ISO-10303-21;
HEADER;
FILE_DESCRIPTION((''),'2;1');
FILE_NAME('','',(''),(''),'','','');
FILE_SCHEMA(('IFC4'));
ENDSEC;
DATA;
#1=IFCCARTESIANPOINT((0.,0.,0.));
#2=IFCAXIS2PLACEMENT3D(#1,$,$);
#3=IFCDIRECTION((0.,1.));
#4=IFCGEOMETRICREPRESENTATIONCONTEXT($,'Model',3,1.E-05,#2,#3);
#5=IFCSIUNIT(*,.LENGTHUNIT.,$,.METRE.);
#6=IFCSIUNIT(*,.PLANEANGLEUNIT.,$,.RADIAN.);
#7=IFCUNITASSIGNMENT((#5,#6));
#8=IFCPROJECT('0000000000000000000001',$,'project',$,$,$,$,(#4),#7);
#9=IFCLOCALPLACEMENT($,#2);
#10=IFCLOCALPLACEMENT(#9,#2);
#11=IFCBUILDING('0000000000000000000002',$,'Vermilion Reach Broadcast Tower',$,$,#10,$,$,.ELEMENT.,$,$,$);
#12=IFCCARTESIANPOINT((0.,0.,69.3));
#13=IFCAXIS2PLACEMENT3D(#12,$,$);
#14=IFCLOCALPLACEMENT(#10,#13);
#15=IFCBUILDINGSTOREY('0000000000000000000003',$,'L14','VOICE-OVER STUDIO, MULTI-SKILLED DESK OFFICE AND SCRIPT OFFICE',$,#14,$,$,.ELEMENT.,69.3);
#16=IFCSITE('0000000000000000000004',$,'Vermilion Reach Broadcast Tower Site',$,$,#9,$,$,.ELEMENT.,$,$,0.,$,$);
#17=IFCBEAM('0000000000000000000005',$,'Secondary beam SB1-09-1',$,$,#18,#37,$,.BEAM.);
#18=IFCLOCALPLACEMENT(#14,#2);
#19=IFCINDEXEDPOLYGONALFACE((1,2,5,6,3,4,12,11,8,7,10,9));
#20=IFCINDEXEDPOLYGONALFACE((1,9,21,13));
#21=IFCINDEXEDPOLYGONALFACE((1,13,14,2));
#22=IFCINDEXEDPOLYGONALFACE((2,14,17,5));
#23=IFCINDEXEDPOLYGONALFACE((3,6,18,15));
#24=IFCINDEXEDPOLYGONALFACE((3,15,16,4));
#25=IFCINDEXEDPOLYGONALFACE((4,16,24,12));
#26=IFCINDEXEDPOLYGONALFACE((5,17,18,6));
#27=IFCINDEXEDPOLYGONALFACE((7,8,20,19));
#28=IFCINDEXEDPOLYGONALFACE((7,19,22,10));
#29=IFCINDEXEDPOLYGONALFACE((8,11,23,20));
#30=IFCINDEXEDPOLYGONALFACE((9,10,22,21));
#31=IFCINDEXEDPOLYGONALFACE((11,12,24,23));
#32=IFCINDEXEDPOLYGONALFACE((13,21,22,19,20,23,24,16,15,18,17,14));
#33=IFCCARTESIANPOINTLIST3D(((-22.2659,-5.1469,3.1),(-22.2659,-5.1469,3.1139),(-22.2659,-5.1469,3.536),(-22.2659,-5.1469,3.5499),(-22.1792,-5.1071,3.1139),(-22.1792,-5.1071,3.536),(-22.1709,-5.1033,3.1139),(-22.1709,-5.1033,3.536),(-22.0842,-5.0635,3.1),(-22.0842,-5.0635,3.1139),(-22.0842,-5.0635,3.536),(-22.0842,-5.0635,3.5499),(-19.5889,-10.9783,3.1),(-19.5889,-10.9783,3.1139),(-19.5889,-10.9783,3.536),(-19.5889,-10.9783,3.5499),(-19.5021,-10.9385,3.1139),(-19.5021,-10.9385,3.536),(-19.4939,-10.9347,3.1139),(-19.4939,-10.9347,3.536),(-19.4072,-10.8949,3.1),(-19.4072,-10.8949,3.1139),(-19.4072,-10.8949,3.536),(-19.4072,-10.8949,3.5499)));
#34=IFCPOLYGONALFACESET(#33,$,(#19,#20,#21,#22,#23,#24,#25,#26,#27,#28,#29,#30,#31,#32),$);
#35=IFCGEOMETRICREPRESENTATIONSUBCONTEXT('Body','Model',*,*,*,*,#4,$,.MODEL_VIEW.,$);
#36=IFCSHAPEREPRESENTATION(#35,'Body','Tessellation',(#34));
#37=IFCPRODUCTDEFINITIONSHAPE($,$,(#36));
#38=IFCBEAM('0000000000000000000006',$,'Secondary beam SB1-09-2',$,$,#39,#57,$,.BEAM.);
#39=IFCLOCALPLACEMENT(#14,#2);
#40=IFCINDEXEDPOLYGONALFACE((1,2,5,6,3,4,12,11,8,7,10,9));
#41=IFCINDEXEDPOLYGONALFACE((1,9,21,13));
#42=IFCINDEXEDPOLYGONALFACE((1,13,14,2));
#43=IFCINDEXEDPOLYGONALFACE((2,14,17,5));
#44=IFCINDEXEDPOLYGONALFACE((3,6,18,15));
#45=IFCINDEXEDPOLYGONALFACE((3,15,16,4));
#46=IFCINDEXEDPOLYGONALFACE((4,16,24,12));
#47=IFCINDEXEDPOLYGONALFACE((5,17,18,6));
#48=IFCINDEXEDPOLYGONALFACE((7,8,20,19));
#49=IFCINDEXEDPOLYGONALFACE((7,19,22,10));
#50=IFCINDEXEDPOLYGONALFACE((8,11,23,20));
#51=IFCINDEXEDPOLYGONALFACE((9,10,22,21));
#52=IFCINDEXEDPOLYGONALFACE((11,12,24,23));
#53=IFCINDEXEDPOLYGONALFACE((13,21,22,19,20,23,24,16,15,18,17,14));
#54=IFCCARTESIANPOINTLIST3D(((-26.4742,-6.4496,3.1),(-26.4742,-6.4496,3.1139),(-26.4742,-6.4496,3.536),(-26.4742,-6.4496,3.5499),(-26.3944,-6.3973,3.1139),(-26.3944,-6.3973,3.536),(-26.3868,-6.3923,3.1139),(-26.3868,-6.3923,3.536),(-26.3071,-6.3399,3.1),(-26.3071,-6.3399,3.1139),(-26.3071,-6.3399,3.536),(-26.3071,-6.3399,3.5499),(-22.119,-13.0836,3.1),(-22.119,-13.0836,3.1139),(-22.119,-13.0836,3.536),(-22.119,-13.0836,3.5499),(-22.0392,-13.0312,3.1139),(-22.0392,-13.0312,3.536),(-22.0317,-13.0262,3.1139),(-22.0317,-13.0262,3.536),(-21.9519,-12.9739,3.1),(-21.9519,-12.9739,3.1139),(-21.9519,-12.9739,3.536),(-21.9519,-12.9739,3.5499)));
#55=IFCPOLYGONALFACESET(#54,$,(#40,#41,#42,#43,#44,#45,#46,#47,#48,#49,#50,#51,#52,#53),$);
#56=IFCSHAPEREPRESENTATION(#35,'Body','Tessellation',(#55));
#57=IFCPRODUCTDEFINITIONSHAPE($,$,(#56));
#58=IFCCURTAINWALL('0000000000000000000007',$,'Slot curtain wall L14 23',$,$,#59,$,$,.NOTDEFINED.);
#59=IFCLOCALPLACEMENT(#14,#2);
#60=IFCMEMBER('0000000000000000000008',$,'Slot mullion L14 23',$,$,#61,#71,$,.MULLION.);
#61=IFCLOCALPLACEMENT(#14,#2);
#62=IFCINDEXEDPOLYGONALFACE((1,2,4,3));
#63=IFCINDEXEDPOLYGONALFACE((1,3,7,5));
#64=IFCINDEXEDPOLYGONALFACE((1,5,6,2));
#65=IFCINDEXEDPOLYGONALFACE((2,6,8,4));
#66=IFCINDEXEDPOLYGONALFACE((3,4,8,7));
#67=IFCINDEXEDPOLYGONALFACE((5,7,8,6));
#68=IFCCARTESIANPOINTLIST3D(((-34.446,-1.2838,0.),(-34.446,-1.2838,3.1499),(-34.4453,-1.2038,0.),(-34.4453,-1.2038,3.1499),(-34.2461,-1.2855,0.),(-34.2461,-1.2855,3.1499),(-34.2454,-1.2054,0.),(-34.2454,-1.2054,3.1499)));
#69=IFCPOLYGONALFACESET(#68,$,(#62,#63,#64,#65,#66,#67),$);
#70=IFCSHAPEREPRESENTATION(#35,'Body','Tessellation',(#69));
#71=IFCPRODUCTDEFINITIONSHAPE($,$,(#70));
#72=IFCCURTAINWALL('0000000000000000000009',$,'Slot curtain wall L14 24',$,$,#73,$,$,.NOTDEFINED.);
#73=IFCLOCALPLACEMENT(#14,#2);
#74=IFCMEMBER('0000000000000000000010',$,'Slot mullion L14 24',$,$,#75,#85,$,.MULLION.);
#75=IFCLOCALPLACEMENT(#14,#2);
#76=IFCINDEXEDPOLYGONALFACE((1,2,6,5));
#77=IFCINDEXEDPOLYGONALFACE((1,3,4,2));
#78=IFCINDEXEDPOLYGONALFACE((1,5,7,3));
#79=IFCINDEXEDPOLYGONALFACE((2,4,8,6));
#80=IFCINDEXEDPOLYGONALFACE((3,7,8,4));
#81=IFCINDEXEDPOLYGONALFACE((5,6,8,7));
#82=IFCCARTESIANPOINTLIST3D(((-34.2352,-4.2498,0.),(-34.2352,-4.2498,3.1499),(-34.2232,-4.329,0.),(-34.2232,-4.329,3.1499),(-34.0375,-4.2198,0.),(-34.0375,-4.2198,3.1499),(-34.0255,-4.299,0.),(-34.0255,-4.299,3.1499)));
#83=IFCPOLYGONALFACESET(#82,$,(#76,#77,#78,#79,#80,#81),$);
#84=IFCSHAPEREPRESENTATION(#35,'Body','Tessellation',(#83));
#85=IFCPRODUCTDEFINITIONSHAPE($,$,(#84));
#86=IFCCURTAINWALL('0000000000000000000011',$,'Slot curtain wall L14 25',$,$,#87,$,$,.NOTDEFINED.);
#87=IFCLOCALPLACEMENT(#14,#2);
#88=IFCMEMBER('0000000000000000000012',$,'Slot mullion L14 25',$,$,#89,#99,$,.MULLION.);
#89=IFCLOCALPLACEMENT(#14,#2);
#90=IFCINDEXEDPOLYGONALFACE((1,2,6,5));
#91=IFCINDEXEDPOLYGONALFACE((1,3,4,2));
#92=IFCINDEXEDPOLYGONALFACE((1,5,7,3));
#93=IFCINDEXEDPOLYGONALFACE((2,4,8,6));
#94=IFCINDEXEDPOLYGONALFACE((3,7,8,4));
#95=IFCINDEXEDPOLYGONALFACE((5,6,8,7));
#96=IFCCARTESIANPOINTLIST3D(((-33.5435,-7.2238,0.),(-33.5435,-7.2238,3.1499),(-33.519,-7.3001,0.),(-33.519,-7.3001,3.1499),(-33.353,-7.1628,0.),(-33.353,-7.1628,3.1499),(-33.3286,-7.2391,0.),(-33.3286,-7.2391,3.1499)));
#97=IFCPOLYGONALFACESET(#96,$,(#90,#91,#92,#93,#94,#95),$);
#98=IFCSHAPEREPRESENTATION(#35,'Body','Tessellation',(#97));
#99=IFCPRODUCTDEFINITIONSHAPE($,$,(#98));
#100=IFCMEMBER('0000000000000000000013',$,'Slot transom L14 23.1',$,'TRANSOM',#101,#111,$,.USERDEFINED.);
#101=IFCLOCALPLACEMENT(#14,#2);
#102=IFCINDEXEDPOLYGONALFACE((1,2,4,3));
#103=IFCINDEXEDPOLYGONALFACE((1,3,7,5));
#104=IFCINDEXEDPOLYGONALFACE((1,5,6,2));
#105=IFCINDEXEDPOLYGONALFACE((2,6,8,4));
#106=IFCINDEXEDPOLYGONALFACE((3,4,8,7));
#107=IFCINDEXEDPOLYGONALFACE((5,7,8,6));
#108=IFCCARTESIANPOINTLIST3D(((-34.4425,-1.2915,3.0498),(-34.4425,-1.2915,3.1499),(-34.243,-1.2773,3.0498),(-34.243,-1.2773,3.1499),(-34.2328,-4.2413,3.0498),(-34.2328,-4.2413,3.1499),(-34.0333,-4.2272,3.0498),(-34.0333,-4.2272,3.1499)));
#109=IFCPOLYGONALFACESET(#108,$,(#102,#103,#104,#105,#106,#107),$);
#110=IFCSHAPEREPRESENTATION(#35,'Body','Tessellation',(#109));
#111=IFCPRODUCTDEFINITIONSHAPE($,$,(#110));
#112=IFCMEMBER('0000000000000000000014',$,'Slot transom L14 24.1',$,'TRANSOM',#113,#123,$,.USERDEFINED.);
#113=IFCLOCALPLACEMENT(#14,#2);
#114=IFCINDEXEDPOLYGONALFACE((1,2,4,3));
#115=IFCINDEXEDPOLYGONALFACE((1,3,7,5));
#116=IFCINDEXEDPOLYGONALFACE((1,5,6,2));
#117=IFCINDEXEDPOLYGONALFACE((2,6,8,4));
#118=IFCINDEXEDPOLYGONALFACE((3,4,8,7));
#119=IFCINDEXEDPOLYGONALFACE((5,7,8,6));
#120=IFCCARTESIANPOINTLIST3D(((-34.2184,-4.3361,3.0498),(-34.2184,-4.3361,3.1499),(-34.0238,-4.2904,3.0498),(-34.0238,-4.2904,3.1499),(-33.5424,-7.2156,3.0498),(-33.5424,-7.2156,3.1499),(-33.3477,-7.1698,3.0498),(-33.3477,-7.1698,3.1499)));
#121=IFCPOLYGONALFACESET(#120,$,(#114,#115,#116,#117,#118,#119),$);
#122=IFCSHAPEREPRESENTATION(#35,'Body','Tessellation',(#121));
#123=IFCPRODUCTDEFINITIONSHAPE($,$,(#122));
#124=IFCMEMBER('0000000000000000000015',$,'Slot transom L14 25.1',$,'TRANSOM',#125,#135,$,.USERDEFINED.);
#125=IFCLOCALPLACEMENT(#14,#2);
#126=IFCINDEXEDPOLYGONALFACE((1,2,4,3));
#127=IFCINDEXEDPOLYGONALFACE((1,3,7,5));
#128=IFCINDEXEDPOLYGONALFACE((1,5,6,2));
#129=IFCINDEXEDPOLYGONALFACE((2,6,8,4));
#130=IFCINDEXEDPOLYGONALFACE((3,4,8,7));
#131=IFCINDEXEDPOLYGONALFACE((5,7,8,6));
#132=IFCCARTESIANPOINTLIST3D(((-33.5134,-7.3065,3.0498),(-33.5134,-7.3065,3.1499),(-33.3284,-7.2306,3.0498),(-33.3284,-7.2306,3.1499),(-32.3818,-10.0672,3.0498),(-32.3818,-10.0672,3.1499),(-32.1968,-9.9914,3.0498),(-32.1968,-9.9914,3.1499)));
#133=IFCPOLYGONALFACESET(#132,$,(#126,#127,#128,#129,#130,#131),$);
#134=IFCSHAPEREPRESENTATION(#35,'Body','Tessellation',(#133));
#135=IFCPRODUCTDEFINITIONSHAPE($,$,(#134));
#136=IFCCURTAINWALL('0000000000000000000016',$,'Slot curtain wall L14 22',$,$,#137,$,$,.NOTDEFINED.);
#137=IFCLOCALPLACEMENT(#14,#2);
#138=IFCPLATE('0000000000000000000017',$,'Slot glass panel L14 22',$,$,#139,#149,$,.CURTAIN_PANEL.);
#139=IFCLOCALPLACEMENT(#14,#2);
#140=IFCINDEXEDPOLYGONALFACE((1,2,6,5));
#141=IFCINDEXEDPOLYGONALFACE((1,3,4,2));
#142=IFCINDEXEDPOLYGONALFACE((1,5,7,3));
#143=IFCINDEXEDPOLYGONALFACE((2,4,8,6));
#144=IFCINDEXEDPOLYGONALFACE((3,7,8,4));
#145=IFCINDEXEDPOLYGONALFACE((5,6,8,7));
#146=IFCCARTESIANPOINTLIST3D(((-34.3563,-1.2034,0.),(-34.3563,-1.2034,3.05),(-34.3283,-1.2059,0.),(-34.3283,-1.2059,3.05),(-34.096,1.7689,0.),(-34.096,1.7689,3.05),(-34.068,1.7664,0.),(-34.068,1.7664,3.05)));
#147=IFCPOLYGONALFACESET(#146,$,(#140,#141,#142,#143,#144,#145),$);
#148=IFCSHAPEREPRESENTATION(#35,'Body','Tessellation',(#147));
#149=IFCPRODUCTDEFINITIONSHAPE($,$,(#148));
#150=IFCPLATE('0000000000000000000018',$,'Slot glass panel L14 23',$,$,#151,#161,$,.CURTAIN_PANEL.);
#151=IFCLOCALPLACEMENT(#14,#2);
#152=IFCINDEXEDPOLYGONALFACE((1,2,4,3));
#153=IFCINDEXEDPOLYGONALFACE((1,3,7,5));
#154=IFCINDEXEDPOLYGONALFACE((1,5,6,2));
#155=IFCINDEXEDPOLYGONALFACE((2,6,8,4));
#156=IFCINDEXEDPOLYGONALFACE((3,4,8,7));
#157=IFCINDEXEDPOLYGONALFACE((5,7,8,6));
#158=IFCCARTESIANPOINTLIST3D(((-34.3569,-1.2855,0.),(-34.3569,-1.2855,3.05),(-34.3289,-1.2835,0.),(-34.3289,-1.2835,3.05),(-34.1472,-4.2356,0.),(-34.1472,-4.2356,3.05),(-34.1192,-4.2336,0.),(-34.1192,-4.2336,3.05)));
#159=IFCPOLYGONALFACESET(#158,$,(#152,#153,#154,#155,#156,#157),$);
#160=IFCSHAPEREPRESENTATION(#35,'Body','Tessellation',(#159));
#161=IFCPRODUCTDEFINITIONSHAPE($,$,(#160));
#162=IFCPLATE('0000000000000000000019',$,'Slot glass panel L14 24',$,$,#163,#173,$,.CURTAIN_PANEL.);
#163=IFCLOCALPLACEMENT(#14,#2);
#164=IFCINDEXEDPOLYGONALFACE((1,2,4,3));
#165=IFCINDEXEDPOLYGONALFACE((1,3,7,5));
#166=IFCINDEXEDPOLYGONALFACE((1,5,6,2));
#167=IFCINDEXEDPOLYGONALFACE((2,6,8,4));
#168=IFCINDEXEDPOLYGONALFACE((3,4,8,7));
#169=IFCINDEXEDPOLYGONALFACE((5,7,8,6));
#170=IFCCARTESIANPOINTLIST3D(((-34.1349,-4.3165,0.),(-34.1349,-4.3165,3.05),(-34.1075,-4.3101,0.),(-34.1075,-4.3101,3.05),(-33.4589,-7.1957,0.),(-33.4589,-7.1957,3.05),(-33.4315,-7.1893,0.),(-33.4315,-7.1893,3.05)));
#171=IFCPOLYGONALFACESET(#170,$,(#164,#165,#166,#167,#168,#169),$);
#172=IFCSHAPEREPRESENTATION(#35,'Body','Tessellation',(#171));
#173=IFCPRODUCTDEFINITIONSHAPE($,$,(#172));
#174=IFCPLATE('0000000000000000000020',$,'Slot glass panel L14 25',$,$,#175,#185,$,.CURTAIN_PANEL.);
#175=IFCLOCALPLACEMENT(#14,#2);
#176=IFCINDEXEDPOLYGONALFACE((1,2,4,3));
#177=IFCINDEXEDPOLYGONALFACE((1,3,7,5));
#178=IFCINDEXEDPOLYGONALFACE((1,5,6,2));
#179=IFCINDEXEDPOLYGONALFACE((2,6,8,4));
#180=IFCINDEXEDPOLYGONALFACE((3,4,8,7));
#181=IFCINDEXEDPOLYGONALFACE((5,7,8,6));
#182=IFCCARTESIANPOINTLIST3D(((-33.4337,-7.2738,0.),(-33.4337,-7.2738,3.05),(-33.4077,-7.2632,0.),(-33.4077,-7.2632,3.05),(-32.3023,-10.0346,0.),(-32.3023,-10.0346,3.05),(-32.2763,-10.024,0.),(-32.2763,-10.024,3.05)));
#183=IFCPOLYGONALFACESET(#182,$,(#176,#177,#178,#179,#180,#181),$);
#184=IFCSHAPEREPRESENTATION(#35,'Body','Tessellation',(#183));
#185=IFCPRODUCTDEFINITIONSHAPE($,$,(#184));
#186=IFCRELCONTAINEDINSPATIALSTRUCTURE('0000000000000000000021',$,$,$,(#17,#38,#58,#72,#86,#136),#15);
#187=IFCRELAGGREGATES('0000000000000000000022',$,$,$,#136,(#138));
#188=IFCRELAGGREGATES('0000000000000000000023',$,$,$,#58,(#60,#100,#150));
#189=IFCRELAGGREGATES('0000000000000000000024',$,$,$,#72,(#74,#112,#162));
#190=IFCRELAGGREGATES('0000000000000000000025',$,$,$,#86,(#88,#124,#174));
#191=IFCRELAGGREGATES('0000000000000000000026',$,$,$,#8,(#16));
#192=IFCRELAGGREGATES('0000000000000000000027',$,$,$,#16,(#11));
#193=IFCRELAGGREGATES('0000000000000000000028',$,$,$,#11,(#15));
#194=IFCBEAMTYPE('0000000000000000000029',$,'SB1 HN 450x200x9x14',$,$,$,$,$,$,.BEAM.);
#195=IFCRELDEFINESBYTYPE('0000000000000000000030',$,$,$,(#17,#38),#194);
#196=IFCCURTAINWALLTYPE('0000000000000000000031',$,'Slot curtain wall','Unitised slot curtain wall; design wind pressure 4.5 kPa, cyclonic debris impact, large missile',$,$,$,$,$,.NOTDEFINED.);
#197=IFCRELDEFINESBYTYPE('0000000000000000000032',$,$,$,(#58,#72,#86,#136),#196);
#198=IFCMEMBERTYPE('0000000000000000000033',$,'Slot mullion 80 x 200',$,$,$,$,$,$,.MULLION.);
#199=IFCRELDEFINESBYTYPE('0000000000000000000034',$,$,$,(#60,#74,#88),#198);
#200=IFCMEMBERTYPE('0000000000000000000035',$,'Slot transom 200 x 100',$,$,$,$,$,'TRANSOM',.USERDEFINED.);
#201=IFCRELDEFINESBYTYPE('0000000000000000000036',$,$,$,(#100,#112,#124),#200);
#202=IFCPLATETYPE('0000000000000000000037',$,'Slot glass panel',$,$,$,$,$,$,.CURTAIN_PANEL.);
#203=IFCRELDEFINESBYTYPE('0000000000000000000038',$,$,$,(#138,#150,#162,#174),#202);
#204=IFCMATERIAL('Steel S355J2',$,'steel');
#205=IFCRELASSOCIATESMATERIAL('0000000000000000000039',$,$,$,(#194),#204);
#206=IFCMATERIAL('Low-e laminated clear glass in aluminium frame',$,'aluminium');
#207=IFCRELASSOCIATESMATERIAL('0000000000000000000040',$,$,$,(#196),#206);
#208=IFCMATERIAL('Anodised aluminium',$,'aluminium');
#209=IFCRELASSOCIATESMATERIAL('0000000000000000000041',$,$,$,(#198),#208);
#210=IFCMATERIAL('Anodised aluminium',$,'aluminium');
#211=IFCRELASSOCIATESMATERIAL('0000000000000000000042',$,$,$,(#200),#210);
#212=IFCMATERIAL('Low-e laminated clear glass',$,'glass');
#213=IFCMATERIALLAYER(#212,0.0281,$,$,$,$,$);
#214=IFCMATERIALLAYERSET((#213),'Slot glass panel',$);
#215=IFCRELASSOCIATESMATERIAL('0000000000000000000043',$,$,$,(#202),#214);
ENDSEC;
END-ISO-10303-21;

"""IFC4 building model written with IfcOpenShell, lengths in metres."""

from ifc_helpers import new_model, si_unit, direction, frame, origin, origin_2d, place, context, subcontext, project, spatial, rectangle, i_section, extrude, material, layer, layer_set, material_profile, profile_set, type_object, element, aggregate, save


model = new_model("IFC4")

# Units and contexts
model_context = context("Model", 3, precision=1e-05, world=origin(), true_north=direction((0.0, 1.0)))
body_context = subcontext(model_context, "Body", "Model", "MODEL_VIEW")
ifc_project = project(units=[si_unit("LENGTHUNIT", "METRE"), si_unit("PLANEANGLEUNIT", "RADIAN")], contexts=[model_context])

# Site, building, storey
site_placement = place(None, origin())
site = spatial("IfcSite", under=ifc_project, at=site_placement, Name="Vermilion Reach Broadcast Tower Site", CompositionType="ELEMENT", RefElevation=0.0)
building_placement = place(site_placement, origin())
building = spatial("IfcBuilding", under=site, at=building_placement, Name="Vermilion Reach Broadcast Tower", CompositionType="ELEMENT")
storey_placement = place(building_placement, frame((0.0, 0.0, 69.3)))
storey = spatial("IfcBuildingStorey", under=building, at=storey_placement, Name="L14", Description="VOICE-OVER STUDIO, MULTI-SKILLED DESK OFFICE AND SCRIPT OFFICE", CompositionType="ELEMENT", Elevation=69.3)

# Beams
ifc_material_1 = material(Name="Steel S355J2", Category="steel")
ifc_material_profile_1 = material_profile(ifc_material_1, i_section(OverallWidth=0.2, OverallDepth=0.45, WebThickness=0.009, FlangeThickness=0.0139, at=origin_2d()), Name="S355J2 HN 450x200x9x14")
ifc_profile_set_1 = profile_set([ifc_material_profile_1], Name="Steel S355J2")
beam_type_1 = type_object("IfcBeamType", Name="SB1 HN 450x200x9x14", PredefinedType="BEAM", material=ifc_profile_set_1)
beam_1_placement = place(storey_placement, frame((-22.175, -5.1052, 3.325), z_axis=(0.417211, -0.908809, 0.0), x_axis=(0.908809, 0.417211, 0.0)))
element("IfcBeam", 1, at=beam_1_placement, inside=storey, type_object=beam_type_1, Name="Secondary beam SB1-09-1", PredefinedType="BEAM", context=body_context, shape_type="SweptSolid", body=[
    extrude(i_section(OverallWidth=0.2, OverallDepth=0.45, WebThickness=0.009, FlangeThickness=0.0139, at=origin_2d()), origin(), (0.0, 0.0, 1.0), 6.4165),
])
beam_2_placement = place(storey_placement, frame((-26.3906, -6.3948, 3.325), z_axis=(0.548801, -0.835953, 0.0), x_axis=(0.835953, 0.548801, 0.0)))
element("IfcBeam", 2, at=beam_2_placement, inside=storey, type_object=beam_type_1, Name="Secondary beam SB1-09-2", PredefinedType="BEAM", context=body_context, shape_type="SweptSolid", body=[
    extrude(i_section(OverallWidth=0.2, OverallDepth=0.45, WebThickness=0.009, FlangeThickness=0.0139, at=origin_2d()), origin(), (0.0, 0.0, 1.0), 7.9358),
])

# Curtain walls, members
ifc_material_2 = material(Name="Low-e laminated clear glass in aluminium frame", Category="aluminium")
curtain_wall_type = type_object("IfcCurtainWallType", Name="Slot curtain wall", Description="Unitised slot curtain wall; design wind pressure 4.5 kPa, cyclonic debris impact, large missile", PredefinedType="NOTDEFINED", material=ifc_material_2)
placement = place(storey_placement, origin())
curtain_wall_1 = element("IfcCurtainWall", 3, at=placement, inside=storey, type_object=curtain_wall_type, Name="Slot curtain wall L14 23", PredefinedType="NOTDEFINED")
ifc_material_3 = material(Name="Anodised aluminium", Category="aluminium")
ifc_material_profile_2 = material_profile(ifc_material_3, rectangle(XDim=0.2, YDim=0.0801, at=origin_2d()), Name="Slot mullion 80 x 200")
ifc_profile_set_2 = profile_set([ifc_material_profile_2], Name="Anodised aluminium")
member_type_1 = type_object("IfcMemberType", Name="Slot mullion 80 x 200", PredefinedType="MULLION", material=ifc_profile_set_2)
member_1_placement = place(storey_placement, frame((-34.3457, -1.2446, 0.0), z_axis=(0.0, 0.0, 1.0), x_axis=(0.999967, -0.008183, 0.0)))
member_1 = element("IfcMember", 4, at=member_1_placement, type_object=member_type_1, Name="Slot mullion L14 23", PredefinedType="MULLION", context=body_context, shape_type="SweptSolid", body=[
    extrude(rectangle(XDim=0.2, YDim=0.0801, at=origin_2d()), origin(), (0.0, 0.0, 1.0), 3.1499),
])
curtain_wall_2 = element("IfcCurtainWall", 5, at=placement, inside=storey, type_object=curtain_wall_type, Name="Slot curtain wall L14 24", PredefinedType="NOTDEFINED")
member_2_placement = place(storey_placement, frame((-34.1304, -4.2744, 0.0), z_axis=(0.0, 0.0, 1.0), x_axis=(0.988652, 0.150226, 0.0)))
member_2 = element("IfcMember", 6, at=member_2_placement, type_object=member_type_1, Name="Slot mullion L14 24", PredefinedType="MULLION", context=body_context, shape_type="SweptSolid", body=[
    extrude(rectangle(XDim=0.2, YDim=0.0801, at=origin_2d()), origin(), (0.0, 0.0, 1.0), 3.1499),
])
curtain_wall_3 = element("IfcCurtainWall", 7, at=placement, inside=storey, type_object=curtain_wall_type, Name="Slot curtain wall L14 25", PredefinedType="NOTDEFINED")
member_3_placement = place(storey_placement, frame((-33.436, -7.2314, 0.0), z_axis=(0.0, 0.0, 1.0), x_axis=(0.952402, 0.304846, 0.0)))
member_3 = element("IfcMember", 8, at=member_3_placement, type_object=member_type_1, Name="Slot mullion L14 25", PredefinedType="MULLION", context=body_context, shape_type="SweptSolid", body=[
    extrude(rectangle(XDim=0.2, YDim=0.0801, at=origin_2d()), origin(), (0.0, 0.0, 1.0), 3.1499),
])

# Members
ifc_material_4 = material(Name="Anodised aluminium", Category="aluminium")
ifc_material_profile_3 = material_profile(ifc_material_4, rectangle(XDim=0.2, YDim=0.1001, at=origin_2d()), Name="Slot transom 200 x 100")
ifc_profile_set_3 = profile_set([ifc_material_profile_3], Name="Anodised aluminium")
member_type_2 = type_object("IfcMemberType", Name="Slot transom 200 x 100", ElementType="TRANSOM", PredefinedType="USERDEFINED", material=ifc_profile_set_3)
member_4_placement = place(storey_placement, frame((-34.3428, -1.2844, 3.0999), z_axis=(0.070913, -0.997483, 0.0), x_axis=(0.997483, 0.070913, 0.0)))
member_4 = element("IfcMember", 9, at=member_4_placement, type_object=member_type_2, Name="Slot transom L14 23.1", ObjectType="TRANSOM", PredefinedType="USERDEFINED", context=body_context, shape_type="SweptSolid", body=[
    extrude(rectangle(XDim=0.2, YDim=0.1001, at=origin_2d()), origin(), (0.0, 0.0, 1.0), 2.9573),
])
member_5_placement = place(storey_placement, frame((-34.1211, -4.3132, 3.0999), z_axis=(0.228565, -0.973529, 0.0), x_axis=(0.973529, 0.228565, 0.0)))
member_5 = element("IfcMember", 10, at=member_5_placement, type_object=member_type_2, Name="Slot transom L14 24.1", ObjectType="TRANSOM", PredefinedType="USERDEFINED", context=body_context, shape_type="SweptSolid", body=[
    extrude(rectangle(XDim=0.2, YDim=0.1001, at=origin_2d()), origin(), (0.0, 0.0, 1.0), 2.9578),
])
member_6_placement = place(storey_placement, frame((-33.4209, -7.2686, 3.0999), z_axis=(0.379264, -0.925289, 0.0), x_axis=(0.925289, 0.379264, 0.0)))
member_6 = element("IfcMember", 11, at=member_6_placement, type_object=member_type_2, Name="Slot transom L14 25.1", ObjectType="TRANSOM", PredefinedType="USERDEFINED", context=body_context, shape_type="SweptSolid", body=[
    extrude(rectangle(XDim=0.2, YDim=0.1001, at=origin_2d()), origin(), (0.0, 0.0, 1.0), 2.9836),
])

# Curtain wall, plate
curtain_wall_4 = element("IfcCurtainWall", 12, at=placement, inside=storey, type_object=curtain_wall_type, Name="Slot curtain wall L14 22", PredefinedType="NOTDEFINED")
ifc_material_5 = material(Name="Low-e laminated clear glass", Category="glass")
ifc_layer_1 = layer(ifc_material_5, 0.0281)
ifc_layer_set_1 = layer_set([ifc_layer_1], Name="Slot glass panel")
plate_type = type_object("IfcPlateType", Name="Slot glass panel", PredefinedType="CURTAIN_PANEL", material=ifc_layer_set_1)
plate_1_placement = place(storey_placement, frame((-34.2122, 0.2815, 0.0), z_axis=(0.0, 0.0, 1.0), x_axis=(-0.087234, -0.996188, 0.0)))
plate_1 = element("IfcPlate", 13, at=plate_1_placement, type_object=plate_type, Name="Slot glass panel L14 22", PredefinedType="CURTAIN_PANEL", context=body_context, shape_type="SweptSolid", body=[
    extrude(rectangle(XDim=2.9836, YDim=0.0281, at=origin_2d()), origin(), (0.0, 0.0, 1.0), 3.05),
])
aggregate(curtain_wall_4, [plate_1])

# Plates
plate_2_placement = place(storey_placement, frame((-34.238, -2.7595, 0.0), z_axis=(0.0, 0.0, 1.0), x_axis=(0.070919, -0.997482, 0.0)))
plate_2 = element("IfcPlate", 14, at=plate_2_placement, type_object=plate_type, Name="Slot glass panel L14 23", PredefinedType="CURTAIN_PANEL", context=body_context, shape_type="SweptSolid", body=[
    extrude(rectangle(XDim=2.9575, YDim=0.0281, at=origin_2d()), origin(), (0.0, 0.0, 1.0), 3.05),
])
aggregate(curtain_wall_1, [member_1, member_4, plate_2])
plate_3_placement = place(storey_placement, frame((-33.7832, -5.7529, 0.0), z_axis=(0.0, 0.0, 1.0), x_axis=(0.228575, -0.973526, 0.0)))
plate_3 = element("IfcPlate", 15, at=plate_3_placement, type_object=plate_type, Name="Slot glass panel L14 24", PredefinedType="CURTAIN_PANEL", context=body_context, shape_type="SweptSolid", body=[
    extrude(rectangle(XDim=2.9575, YDim=0.0281, at=origin_2d()), origin(), (0.0, 0.0, 1.0), 3.05),
])
aggregate(curtain_wall_2, [member_2, member_5, plate_3])
plate_4_placement = place(storey_placement, frame((-32.855, -8.6489, 0.0), z_axis=(0.0, 0.0, 1.0), x_axis=(0.379206, -0.925312, 0.0)))
plate_4 = element("IfcPlate", 16, at=plate_4_placement, type_object=plate_type, Name="Slot glass panel L14 25", PredefinedType="CURTAIN_PANEL", context=body_context, shape_type="SweptSolid", body=[
    extrude(rectangle(XDim=2.9836, YDim=0.0281, at=origin_2d()), origin(), (0.0, 0.0, 1.0), 3.05),
])
aggregate(curtain_wall_3, [member_3, member_6, plate_4])

save(model, "model.ifc")
